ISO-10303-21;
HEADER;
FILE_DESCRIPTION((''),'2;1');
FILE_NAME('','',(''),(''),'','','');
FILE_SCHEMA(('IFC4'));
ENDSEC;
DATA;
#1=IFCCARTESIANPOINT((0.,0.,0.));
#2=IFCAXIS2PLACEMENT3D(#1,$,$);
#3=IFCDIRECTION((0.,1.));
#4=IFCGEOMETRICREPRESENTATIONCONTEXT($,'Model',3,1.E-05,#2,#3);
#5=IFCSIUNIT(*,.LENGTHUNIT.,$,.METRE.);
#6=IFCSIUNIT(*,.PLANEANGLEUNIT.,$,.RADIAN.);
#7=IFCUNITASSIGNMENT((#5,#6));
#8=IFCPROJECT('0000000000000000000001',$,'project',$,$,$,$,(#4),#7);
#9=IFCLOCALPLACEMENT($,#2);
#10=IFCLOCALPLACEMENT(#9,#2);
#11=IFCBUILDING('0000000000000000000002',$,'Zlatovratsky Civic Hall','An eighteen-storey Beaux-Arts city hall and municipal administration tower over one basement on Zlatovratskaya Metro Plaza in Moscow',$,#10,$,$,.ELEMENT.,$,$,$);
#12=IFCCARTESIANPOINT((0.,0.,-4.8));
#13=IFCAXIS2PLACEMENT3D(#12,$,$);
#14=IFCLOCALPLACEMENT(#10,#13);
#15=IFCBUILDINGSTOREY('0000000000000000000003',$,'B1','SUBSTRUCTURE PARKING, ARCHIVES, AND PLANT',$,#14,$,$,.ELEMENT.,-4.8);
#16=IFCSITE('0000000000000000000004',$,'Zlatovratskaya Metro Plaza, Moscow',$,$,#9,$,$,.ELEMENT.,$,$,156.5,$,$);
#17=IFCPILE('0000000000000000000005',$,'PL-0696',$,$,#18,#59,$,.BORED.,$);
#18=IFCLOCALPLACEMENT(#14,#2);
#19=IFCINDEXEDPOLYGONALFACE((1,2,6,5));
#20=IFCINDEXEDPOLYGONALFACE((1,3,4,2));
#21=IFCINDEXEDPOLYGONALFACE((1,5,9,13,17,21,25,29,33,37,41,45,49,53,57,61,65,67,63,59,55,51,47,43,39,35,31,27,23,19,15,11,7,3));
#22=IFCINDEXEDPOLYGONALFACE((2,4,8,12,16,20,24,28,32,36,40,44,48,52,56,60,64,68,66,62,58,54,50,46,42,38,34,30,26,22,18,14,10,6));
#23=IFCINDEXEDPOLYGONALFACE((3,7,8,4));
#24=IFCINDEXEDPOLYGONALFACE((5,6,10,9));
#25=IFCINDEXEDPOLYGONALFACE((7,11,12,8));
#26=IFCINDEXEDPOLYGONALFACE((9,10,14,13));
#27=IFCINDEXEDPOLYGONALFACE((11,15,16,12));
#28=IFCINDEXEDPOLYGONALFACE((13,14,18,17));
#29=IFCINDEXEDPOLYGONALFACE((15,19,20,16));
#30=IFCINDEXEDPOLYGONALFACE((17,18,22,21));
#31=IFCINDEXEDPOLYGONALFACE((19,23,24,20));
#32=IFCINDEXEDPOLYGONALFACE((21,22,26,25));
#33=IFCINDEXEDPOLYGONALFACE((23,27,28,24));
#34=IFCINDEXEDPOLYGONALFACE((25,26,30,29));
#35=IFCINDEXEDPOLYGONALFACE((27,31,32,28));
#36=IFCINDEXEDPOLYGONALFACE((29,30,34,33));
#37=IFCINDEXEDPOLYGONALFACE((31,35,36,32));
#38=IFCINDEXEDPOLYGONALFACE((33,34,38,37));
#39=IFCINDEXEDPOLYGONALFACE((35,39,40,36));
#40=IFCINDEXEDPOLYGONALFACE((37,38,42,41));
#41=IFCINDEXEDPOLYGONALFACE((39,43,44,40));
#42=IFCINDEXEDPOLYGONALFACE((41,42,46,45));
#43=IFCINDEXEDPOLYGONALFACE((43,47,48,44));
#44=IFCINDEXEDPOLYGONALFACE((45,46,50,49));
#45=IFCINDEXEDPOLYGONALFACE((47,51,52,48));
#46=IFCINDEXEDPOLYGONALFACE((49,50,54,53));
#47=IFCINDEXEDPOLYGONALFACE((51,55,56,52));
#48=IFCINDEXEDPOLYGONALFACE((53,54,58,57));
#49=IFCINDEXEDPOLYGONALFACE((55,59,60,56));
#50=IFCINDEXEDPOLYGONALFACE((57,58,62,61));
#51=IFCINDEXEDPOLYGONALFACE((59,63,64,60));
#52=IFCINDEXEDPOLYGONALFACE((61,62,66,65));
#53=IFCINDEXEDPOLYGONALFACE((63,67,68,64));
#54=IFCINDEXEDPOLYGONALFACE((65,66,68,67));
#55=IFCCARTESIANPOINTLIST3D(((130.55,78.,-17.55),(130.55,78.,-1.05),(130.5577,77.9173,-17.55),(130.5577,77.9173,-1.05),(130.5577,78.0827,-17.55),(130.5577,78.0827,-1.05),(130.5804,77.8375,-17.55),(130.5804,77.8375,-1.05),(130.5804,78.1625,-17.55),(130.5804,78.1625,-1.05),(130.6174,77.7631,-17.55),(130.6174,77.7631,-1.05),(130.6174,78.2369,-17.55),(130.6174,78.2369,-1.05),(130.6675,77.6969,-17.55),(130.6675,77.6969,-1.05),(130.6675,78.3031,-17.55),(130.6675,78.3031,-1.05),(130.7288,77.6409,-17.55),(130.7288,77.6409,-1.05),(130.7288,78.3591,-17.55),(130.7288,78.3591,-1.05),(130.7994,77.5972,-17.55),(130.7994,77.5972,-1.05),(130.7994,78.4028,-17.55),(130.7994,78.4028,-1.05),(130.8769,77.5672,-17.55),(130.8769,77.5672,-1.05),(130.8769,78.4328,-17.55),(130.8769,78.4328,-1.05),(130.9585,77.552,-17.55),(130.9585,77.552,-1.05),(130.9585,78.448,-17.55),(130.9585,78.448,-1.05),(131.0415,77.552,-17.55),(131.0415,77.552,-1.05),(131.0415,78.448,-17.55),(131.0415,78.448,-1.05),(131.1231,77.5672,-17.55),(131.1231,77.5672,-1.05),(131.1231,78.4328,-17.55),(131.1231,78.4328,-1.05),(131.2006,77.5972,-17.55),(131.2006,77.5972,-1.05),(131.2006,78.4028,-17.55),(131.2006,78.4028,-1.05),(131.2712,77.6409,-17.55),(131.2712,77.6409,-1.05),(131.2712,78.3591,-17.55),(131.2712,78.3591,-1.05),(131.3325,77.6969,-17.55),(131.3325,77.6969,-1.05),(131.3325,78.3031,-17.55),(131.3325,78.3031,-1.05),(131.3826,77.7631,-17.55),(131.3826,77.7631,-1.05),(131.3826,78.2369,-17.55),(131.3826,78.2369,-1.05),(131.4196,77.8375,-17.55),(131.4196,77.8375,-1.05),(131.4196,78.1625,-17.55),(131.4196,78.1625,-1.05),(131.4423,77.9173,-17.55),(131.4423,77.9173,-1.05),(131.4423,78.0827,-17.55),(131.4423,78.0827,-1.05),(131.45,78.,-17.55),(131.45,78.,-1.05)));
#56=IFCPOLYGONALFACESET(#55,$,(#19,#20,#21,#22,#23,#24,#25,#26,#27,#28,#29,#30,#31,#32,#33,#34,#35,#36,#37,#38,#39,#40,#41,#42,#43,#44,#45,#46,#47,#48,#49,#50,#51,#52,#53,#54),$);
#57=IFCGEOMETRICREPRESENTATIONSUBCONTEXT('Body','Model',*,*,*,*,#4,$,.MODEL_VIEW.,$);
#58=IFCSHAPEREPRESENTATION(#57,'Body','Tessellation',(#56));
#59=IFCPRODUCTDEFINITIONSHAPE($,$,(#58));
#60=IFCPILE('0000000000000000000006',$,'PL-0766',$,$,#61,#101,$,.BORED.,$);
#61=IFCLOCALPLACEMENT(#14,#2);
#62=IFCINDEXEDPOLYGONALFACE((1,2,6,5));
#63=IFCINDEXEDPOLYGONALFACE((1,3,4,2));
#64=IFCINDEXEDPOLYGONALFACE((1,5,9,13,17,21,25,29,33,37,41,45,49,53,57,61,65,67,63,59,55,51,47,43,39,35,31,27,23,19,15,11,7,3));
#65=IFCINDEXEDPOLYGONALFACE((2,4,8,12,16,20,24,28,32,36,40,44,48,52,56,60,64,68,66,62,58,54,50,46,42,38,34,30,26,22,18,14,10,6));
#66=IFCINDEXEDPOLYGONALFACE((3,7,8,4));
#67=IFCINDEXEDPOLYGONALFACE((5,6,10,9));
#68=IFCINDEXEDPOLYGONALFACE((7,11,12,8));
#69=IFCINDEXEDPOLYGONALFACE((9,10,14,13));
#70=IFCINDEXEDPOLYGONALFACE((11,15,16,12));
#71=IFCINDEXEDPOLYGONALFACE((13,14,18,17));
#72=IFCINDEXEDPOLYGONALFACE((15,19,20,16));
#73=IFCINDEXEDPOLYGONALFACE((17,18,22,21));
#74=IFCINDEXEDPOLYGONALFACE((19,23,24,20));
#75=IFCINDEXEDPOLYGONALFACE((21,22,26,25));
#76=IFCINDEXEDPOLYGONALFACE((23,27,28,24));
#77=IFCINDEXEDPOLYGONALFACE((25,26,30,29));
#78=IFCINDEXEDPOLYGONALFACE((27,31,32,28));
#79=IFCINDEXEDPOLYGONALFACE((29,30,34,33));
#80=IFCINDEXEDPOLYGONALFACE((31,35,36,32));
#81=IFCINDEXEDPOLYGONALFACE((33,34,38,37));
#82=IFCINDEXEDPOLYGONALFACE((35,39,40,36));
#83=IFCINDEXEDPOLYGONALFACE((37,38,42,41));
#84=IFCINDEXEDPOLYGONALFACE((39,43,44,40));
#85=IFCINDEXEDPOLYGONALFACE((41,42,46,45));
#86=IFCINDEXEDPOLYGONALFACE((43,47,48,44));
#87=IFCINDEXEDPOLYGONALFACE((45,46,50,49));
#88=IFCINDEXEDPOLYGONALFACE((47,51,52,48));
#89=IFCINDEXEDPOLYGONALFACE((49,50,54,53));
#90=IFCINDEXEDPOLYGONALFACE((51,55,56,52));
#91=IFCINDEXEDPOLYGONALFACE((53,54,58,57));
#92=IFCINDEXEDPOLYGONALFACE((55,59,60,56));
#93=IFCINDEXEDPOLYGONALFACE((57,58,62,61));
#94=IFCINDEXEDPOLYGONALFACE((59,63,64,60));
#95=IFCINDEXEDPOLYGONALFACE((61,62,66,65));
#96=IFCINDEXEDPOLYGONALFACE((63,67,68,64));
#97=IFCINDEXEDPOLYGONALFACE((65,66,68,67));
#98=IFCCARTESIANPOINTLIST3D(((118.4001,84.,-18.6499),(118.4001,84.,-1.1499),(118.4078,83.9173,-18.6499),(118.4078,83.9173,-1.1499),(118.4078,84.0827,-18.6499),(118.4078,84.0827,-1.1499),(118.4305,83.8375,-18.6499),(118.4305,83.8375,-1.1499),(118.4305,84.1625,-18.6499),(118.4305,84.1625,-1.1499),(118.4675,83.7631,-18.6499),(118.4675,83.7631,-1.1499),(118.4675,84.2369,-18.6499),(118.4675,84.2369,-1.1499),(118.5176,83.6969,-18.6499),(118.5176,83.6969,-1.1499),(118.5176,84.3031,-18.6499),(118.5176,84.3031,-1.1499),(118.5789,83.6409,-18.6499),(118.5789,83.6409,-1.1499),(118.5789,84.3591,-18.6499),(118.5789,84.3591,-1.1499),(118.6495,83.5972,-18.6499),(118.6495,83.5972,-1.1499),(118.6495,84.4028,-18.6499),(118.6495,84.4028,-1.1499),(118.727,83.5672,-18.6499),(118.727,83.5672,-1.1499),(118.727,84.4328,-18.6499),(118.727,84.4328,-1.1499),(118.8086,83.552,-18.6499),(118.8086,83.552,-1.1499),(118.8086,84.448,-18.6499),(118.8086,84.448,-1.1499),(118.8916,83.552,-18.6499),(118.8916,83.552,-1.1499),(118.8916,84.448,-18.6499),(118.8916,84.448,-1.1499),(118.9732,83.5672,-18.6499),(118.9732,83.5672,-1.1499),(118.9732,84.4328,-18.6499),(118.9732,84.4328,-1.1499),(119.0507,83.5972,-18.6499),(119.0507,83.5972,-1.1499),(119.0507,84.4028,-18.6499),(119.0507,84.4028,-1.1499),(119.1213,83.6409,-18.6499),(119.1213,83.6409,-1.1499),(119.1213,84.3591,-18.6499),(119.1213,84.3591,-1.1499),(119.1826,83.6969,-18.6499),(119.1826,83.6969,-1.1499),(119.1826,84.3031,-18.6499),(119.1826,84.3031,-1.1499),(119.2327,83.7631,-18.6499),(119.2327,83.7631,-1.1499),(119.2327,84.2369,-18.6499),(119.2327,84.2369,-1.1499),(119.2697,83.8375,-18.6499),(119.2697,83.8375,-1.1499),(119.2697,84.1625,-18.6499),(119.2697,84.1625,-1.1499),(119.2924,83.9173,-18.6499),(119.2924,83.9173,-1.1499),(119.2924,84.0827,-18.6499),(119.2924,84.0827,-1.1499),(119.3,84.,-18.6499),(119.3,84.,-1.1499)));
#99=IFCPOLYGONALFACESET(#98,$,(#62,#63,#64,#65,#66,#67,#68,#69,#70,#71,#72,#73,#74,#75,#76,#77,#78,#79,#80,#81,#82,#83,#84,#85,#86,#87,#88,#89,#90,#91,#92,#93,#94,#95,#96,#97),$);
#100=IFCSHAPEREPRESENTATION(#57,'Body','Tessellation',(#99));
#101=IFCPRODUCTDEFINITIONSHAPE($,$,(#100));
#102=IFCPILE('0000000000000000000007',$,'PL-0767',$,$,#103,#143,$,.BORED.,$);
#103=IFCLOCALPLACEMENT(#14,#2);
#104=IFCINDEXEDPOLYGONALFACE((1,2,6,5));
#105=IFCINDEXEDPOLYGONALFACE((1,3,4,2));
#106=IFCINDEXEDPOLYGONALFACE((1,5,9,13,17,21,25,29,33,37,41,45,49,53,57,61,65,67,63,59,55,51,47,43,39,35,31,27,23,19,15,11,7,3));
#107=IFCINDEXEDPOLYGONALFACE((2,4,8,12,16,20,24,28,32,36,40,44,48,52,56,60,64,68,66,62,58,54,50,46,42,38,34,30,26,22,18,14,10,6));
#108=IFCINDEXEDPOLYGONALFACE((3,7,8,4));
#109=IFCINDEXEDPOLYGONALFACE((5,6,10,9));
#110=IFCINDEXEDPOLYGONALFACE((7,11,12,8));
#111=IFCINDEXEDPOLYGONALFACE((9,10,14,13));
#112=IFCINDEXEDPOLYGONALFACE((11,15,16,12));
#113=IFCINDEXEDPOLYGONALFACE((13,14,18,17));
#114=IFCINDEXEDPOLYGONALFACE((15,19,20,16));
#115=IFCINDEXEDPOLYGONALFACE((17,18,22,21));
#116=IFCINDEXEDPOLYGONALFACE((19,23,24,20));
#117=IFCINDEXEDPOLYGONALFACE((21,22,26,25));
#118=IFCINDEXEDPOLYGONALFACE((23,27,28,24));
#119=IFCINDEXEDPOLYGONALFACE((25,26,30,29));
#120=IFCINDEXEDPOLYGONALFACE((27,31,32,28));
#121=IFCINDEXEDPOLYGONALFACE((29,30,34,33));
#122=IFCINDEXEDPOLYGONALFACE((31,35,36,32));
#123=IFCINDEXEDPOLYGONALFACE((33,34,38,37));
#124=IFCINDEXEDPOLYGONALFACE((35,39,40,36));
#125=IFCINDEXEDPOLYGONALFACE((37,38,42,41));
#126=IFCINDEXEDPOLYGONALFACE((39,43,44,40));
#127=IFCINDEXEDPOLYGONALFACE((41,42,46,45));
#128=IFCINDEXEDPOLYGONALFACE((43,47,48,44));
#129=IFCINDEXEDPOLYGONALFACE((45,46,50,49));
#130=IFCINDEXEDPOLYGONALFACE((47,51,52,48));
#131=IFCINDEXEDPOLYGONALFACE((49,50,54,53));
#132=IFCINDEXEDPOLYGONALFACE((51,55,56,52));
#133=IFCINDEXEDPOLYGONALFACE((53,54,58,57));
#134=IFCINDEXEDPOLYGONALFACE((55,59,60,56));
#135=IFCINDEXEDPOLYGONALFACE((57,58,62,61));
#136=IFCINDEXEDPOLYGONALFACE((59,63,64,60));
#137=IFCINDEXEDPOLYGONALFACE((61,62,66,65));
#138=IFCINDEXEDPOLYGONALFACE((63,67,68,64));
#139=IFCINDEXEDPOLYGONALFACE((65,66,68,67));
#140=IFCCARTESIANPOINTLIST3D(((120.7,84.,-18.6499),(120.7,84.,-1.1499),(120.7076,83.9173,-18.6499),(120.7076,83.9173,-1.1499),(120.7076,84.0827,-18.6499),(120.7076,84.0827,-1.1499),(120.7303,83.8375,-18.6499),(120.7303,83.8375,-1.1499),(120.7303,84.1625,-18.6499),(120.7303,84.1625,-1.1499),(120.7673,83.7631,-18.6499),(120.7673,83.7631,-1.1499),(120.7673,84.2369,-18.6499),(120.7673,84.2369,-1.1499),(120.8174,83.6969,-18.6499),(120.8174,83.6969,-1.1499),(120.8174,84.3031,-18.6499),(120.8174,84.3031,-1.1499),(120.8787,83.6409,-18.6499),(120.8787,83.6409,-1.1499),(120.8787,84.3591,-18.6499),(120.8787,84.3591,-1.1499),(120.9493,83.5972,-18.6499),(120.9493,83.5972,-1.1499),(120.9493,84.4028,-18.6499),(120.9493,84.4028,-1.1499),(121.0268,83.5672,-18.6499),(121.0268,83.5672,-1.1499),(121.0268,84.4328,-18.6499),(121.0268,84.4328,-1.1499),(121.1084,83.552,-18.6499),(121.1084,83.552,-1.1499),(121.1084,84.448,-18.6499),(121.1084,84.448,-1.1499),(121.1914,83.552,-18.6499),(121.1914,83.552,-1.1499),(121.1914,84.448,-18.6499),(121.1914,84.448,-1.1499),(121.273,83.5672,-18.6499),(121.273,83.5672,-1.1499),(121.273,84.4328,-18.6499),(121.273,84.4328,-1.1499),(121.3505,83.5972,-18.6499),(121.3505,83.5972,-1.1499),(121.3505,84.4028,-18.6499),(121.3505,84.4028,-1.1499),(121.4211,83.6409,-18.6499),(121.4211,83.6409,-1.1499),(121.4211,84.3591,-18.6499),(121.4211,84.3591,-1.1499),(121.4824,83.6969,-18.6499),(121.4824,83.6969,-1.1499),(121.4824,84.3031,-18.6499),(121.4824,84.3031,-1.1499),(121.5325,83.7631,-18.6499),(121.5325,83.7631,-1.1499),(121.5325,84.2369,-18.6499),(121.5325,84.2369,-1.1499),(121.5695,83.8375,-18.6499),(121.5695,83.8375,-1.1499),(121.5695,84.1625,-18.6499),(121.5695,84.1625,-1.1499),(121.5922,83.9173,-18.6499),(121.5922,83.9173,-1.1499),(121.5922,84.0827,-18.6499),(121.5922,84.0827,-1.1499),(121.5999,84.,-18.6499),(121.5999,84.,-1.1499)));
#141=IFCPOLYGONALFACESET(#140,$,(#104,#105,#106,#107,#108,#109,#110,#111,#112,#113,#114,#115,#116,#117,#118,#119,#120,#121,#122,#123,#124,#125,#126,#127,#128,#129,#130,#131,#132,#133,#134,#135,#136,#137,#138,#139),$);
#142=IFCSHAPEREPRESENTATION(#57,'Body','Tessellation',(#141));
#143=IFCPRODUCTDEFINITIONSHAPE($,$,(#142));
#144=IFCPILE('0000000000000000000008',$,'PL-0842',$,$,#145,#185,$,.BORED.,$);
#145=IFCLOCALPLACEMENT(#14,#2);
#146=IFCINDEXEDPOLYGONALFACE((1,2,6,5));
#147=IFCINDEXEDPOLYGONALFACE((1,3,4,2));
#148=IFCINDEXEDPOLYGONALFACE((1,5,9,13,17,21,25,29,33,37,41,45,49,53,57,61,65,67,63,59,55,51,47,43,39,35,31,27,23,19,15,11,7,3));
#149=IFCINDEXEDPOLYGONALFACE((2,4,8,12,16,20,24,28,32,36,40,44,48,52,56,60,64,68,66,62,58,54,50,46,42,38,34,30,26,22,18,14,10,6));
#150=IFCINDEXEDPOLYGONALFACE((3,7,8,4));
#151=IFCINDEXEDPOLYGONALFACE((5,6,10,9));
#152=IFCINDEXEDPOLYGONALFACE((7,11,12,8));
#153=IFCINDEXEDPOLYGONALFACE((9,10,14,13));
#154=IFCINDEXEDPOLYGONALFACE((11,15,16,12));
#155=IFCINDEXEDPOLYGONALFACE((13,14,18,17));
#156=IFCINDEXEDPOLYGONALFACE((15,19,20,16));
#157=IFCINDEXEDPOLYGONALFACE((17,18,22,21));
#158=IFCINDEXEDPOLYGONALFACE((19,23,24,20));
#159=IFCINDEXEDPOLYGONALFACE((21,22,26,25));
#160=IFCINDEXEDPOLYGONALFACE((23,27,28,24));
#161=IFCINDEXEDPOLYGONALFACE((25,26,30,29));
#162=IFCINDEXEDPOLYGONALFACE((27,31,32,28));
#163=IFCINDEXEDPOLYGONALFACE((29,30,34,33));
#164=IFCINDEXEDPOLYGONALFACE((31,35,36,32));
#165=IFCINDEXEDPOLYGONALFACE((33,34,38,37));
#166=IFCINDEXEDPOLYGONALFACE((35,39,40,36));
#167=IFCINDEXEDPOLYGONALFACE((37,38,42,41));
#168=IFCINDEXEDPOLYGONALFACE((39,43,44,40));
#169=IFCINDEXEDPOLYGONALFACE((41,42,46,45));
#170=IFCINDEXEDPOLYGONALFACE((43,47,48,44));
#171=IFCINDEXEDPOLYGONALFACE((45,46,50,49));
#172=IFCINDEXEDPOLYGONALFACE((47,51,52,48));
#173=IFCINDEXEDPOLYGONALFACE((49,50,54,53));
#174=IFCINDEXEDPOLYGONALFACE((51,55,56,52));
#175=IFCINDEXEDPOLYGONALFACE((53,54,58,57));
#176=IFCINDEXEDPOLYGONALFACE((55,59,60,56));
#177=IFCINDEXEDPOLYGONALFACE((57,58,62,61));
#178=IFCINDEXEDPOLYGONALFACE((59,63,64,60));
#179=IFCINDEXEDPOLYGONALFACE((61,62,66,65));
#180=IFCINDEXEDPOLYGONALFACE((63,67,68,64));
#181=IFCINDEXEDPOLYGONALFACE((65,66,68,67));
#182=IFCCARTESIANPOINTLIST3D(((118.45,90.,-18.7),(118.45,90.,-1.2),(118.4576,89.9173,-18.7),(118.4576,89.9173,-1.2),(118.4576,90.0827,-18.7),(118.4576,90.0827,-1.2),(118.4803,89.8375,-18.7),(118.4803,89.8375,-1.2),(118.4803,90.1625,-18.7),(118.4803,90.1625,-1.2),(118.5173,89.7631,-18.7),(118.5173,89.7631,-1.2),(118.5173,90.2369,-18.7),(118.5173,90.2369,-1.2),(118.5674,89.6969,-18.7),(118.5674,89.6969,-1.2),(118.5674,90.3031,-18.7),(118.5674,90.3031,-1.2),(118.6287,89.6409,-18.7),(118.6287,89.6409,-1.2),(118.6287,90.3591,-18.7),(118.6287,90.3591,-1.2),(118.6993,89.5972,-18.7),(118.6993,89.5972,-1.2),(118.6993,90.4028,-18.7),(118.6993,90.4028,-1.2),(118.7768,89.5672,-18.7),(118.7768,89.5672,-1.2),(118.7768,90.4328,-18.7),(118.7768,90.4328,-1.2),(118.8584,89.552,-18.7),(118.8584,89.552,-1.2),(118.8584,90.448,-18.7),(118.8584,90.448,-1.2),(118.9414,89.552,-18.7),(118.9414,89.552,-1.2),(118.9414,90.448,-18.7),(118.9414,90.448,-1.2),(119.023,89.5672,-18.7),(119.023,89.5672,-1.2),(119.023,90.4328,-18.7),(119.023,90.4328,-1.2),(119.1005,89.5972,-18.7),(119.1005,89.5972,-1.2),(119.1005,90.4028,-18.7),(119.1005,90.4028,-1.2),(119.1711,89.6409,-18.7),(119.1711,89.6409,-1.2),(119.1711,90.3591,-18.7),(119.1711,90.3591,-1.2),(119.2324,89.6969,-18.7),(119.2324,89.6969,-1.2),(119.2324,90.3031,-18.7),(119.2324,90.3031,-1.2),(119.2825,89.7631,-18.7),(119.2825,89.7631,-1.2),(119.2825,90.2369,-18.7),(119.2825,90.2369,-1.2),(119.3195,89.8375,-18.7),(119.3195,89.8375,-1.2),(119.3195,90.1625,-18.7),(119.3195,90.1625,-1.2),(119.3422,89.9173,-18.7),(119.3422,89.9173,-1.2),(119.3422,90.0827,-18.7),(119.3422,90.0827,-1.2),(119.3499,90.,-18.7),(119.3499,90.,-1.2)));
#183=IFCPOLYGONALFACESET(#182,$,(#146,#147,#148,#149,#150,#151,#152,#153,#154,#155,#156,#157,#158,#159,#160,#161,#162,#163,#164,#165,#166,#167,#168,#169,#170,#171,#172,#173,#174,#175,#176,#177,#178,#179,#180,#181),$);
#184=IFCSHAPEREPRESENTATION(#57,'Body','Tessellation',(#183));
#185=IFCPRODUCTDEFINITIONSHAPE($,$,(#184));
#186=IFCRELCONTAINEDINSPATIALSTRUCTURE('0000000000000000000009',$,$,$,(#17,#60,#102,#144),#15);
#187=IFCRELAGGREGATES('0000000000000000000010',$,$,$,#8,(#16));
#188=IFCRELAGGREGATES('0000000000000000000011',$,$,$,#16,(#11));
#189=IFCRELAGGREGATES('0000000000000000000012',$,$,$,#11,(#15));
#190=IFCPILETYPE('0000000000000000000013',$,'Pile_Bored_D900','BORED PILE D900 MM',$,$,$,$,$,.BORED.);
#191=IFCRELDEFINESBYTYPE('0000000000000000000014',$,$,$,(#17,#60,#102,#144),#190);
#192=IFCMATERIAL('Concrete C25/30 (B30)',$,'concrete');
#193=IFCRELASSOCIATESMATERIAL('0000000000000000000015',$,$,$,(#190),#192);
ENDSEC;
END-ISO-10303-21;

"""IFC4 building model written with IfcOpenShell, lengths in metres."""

from ifc_helpers import new_model, si_unit, direction, frame, origin, origin_2d, place, context, subcontext, project, spatial, circle, extrude, material, material_profile, profile_set, type_object, element, save


model = new_model("IFC4")

# Units and contexts
model_context = context("Model", 3, precision=1e-05, world=origin(), true_north=direction((0.0, 1.0)))
body_context = subcontext(model_context, "Body", "Model", "MODEL_VIEW")
ifc_project = project(units=[si_unit("LENGTHUNIT", "METRE"), si_unit("PLANEANGLEUNIT", "RADIAN")], contexts=[model_context])

# Site, building, storey
site_placement = place(None, origin())
site = spatial("IfcSite", under=ifc_project, at=site_placement, Name="Zlatovratskaya Metro Plaza, Moscow", CompositionType="ELEMENT", RefElevation=156.5)
building_placement = place(site_placement, origin())
building = spatial("IfcBuilding", under=site, at=building_placement, Name="Zlatovratsky Civic Hall", Description="An eighteen-storey Beaux-Arts city hall and municipal administration tower over one basement on Zlatovratskaya Metro Plaza in Moscow", CompositionType="ELEMENT")
storey_placement = place(building_placement, frame((0.0, 0.0, -4.8)))
storey = spatial("IfcBuildingStorey", under=building, at=storey_placement, Name="B1", Description="SUBSTRUCTURE PARKING, ARCHIVES, AND PLANT", CompositionType="ELEMENT", Elevation=-4.8)

# Shared definitions
ifc_material_1 = material(Name="Concrete C25/30 (B30)", Category="concrete")

# Piles
ifc_material_profile_1 = material_profile(ifc_material_1, circle(Radius=0.45, at=origin_2d()), Name="PILE D900")
ifc_profile_set_1 = profile_set([ifc_material_profile_1], Name="Concrete C25/30 (B30)")
pile_type_1 = type_object("IfcPileType", Name="Pile_Bored_D900", Description="BORED PILE D900 MM", PredefinedType="BORED", material=ifc_profile_set_1)
pile_1_placement = place(storey_placement, frame((131.0, 78.0, -1.05), z_axis=(0.0, 0.0, -1.0), x_axis=(1.0, 0.0, 0.0)))
element("IfcPile", 1, at=pile_1_placement, inside=storey, type_object=pile_type_1, Name="PL-0696", PredefinedType="BORED", context=body_context, shape_type="SweptSolid", body=[
    extrude(circle(Radius=0.45, at=origin_2d()), origin(), (0.0, 0.0, 1.0), 16.5),
])
for number, where, z_axis, x_axis, name in (
    (2, (118.8501, 84.0, -1.1499), (0.0, 0.0, -1.0), (1.0, 0.0, 0.0), "PL-0766"),
    (3, (121.1499, 84.0, -1.1499), (0.0, 0.0, -1.0), (1.0, 0.0, 0.0), "PL-0767"),
    (4, (118.8999, 90.0, -1.2), (0.0, 0.0, -1.0), (1.0, 0.0, 0.0), "PL-0842"),
):
    element("IfcPile", number, at=place(storey_placement, frame(where, z_axis=z_axis, x_axis=x_axis)), inside=storey, type_object=pile_type_1, Name=name, PredefinedType="BORED", context=body_context, shape_type="SweptSolid", body=[
        extrude(circle(Radius=0.45, at=origin_2d()), origin(), (0.0, 0.0, 1.0), 17.5),
    ])

save(model, "model.ifc")
